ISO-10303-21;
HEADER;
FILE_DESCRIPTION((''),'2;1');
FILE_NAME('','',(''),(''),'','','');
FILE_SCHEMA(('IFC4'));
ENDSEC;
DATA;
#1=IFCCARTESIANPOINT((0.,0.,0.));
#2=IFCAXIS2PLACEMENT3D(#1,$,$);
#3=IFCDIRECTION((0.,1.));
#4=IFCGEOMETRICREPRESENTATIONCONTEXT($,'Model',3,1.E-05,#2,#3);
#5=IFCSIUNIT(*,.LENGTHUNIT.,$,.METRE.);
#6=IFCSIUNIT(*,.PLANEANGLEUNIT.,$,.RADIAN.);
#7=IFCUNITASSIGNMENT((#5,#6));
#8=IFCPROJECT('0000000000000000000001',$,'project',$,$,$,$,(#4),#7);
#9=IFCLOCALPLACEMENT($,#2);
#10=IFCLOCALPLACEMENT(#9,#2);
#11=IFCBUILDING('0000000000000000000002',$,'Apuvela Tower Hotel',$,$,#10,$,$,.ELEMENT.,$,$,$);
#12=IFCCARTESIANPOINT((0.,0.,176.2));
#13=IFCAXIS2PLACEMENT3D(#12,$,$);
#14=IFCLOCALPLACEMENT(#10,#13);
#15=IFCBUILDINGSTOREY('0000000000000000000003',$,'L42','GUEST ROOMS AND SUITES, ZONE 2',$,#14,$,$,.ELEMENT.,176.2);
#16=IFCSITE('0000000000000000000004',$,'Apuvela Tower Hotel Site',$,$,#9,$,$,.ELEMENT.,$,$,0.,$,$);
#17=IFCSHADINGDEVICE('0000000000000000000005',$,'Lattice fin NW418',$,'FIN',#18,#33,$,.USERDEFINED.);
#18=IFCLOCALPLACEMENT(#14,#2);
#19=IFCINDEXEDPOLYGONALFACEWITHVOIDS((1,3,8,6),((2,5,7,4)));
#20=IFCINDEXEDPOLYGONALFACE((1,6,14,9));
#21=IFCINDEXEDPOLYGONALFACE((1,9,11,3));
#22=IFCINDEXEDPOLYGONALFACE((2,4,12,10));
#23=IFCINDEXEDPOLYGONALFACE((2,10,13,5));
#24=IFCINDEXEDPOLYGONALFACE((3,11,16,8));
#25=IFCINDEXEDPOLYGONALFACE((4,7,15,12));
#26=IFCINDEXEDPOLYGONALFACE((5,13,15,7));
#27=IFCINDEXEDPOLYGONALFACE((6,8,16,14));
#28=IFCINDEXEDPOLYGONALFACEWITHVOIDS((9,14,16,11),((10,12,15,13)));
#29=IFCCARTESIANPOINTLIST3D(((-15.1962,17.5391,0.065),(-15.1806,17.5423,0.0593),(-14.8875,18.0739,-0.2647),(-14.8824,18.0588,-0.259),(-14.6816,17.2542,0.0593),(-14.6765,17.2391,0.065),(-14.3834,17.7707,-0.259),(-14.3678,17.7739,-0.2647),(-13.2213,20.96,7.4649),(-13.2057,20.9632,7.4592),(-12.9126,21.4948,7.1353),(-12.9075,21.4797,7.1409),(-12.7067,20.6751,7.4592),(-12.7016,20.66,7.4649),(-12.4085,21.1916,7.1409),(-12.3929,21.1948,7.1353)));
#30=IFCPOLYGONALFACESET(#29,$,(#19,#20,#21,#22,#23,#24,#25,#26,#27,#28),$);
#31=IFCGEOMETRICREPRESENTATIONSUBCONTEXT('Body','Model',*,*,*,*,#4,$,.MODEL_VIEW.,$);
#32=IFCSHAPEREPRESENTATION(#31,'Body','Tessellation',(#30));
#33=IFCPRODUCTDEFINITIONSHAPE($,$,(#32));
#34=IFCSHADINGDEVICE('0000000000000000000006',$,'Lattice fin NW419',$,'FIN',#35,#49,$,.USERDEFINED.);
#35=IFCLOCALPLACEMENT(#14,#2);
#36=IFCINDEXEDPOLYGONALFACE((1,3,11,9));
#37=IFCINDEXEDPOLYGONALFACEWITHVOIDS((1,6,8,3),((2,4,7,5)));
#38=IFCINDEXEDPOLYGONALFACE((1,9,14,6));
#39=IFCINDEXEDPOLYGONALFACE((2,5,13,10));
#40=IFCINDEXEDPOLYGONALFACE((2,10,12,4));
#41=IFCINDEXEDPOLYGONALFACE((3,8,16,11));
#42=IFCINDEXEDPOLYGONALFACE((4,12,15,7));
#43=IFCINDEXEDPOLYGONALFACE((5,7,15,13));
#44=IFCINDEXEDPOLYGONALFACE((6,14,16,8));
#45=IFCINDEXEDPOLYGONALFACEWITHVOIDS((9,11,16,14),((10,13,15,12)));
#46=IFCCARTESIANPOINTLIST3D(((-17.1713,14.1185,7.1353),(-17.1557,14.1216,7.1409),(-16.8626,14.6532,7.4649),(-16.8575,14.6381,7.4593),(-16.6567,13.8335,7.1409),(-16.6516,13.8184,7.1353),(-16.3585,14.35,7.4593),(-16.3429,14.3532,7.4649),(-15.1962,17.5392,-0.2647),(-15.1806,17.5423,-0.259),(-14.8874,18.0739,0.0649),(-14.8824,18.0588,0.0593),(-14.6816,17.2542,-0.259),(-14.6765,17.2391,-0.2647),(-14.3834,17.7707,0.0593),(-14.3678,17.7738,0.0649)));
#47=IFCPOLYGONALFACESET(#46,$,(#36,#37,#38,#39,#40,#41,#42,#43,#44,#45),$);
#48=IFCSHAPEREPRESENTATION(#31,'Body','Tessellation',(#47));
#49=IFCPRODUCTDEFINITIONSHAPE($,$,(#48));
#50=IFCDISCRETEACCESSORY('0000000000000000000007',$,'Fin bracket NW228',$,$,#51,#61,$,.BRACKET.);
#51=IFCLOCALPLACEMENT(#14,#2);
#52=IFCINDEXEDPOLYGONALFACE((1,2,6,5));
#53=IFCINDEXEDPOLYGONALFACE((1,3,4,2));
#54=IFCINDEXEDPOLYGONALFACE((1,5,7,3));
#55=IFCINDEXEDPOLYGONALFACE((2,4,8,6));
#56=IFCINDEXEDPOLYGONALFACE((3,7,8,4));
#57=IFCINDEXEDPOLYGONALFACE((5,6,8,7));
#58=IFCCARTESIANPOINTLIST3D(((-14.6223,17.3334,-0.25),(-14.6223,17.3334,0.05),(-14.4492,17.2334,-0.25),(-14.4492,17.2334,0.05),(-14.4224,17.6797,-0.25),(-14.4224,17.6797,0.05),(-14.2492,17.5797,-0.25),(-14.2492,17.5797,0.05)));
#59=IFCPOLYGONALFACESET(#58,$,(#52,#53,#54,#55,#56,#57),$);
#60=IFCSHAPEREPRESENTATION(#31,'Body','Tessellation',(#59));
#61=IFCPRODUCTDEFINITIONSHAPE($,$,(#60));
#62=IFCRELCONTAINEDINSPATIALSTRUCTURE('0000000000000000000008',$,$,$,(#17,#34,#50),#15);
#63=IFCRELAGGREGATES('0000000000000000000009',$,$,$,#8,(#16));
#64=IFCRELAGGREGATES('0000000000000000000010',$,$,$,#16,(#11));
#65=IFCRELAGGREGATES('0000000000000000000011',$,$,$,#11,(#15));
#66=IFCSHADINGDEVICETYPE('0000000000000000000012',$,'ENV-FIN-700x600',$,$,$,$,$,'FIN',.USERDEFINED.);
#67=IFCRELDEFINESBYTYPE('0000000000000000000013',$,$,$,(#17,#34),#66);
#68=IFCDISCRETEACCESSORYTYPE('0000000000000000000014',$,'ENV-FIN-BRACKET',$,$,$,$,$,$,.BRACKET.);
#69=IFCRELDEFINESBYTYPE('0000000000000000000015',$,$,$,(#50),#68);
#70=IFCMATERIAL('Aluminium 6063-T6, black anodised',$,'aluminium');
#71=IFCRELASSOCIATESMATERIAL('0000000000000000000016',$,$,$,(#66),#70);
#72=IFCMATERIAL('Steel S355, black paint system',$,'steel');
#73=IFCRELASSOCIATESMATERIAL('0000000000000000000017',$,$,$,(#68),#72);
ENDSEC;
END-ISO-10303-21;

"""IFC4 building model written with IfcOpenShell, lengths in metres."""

from ifc_helpers import new_model, si_unit, direction, frame, origin, origin_2d, place, context, subcontext, project, spatial, rectangle, hollow_rectangle, extrude, material, material_profile, profile_set, type_object, element, save


model = new_model("IFC4")

# Units and contexts
model_context = context("Model", 3, precision=1e-05, world=origin(), true_north=direction((0.0, 1.0)))
body_context = subcontext(model_context, "Body", "Model", "MODEL_VIEW")
ifc_project = project(units=[si_unit("LENGTHUNIT", "METRE"), si_unit("PLANEANGLEUNIT", "RADIAN")], contexts=[model_context])

# Site, building, storey
site_placement = place(None, origin())
site = spatial("IfcSite", under=ifc_project, at=site_placement, Name="Apuvela Tower Hotel Site", CompositionType="ELEMENT", RefElevation=0.0)
building_placement = place(site_placement, origin())
building = spatial("IfcBuilding", under=site, at=building_placement, Name="Apuvela Tower Hotel", CompositionType="ELEMENT")
storey_placement = place(building_placement, frame((0.0, 0.0, 176.2)))
storey = spatial("IfcBuildingStorey", under=building, at=storey_placement, Name="L42", Description="GUEST ROOMS AND SUITES, ZONE 2", CompositionType="ELEMENT", Elevation=176.2)

# Shading devices
ifc_material_1 = material(Name="Aluminium 6063-T6, black anodised", Category="aluminium")
ifc_material_profile_1 = material_profile(ifc_material_1, hollow_rectangle(XDim=0.6001, YDim=0.7, WallThickness=0.012, at=origin_2d()), Name="AL BOX 700x600x12")
ifc_profile_set_1 = profile_set([ifc_material_profile_1], Name="Aluminium 6063-T6, black anodised")
shading_device_type = type_object("IfcShadingDeviceType", Name="ENV-FIN-700x600", ElementType="FIN", PredefinedType="USERDEFINED", material=ifc_profile_set_1)
for number, where, z_axis, x_axis, name in (
    (1, (-14.782, 17.6565, -0.0999), (0.235434, 0.407825, 0.882185), (-0.866048, 0.499961, 0.0), "Lattice fin NW418"),
    (2, (-14.782, 17.6565, -0.0999), (-0.235464, -0.407798, 0.882189), (0.866005, -0.500035, 0.0), "Lattice fin NW419"),
):
    element("IfcShadingDevice", number, at=place(storey_placement, frame(where, z_axis=z_axis, x_axis=x_axis)), inside=storey, type_object=shading_device_type, Name=name, ObjectType="FIN", PredefinedType="USERDEFINED", context=body_context, shape_type="SweptSolid", body=[
        extrude(hollow_rectangle(XDim=0.6001, YDim=0.7, WallThickness=0.012, at=origin_2d()), origin(), (0.0, 0.0, 1.0), 8.3882),
    ])

# Discrete accessory
ifc_material_2 = material(Name="Steel S355, black paint system", Category="steel")
discrete_accessory_type = type_object("IfcDiscreteAccessoryType", Name="ENV-FIN-BRACKET", PredefinedType="BRACKET", material=ifc_material_2)
discrete_accessory_placement = place(storey_placement, frame((-14.4358, 17.4565, -0.25), z_axis=(0.0, 0.0, 1.0), x_axis=(-0.5, -0.866025, 0.0)))
element("IfcDiscreteAccessory", 3, at=discrete_accessory_placement, inside=storey, type_object=discrete_accessory_type, Name="Fin bracket NW228", PredefinedType="BRACKET", context=body_context, shape_type="SweptSolid", body=[
    extrude(rectangle(XDim=0.3999, YDim=0.2, at=origin_2d()), origin(), (0.0, 0.0, 1.0), 0.3),
])

save(model, "model.ifc")
